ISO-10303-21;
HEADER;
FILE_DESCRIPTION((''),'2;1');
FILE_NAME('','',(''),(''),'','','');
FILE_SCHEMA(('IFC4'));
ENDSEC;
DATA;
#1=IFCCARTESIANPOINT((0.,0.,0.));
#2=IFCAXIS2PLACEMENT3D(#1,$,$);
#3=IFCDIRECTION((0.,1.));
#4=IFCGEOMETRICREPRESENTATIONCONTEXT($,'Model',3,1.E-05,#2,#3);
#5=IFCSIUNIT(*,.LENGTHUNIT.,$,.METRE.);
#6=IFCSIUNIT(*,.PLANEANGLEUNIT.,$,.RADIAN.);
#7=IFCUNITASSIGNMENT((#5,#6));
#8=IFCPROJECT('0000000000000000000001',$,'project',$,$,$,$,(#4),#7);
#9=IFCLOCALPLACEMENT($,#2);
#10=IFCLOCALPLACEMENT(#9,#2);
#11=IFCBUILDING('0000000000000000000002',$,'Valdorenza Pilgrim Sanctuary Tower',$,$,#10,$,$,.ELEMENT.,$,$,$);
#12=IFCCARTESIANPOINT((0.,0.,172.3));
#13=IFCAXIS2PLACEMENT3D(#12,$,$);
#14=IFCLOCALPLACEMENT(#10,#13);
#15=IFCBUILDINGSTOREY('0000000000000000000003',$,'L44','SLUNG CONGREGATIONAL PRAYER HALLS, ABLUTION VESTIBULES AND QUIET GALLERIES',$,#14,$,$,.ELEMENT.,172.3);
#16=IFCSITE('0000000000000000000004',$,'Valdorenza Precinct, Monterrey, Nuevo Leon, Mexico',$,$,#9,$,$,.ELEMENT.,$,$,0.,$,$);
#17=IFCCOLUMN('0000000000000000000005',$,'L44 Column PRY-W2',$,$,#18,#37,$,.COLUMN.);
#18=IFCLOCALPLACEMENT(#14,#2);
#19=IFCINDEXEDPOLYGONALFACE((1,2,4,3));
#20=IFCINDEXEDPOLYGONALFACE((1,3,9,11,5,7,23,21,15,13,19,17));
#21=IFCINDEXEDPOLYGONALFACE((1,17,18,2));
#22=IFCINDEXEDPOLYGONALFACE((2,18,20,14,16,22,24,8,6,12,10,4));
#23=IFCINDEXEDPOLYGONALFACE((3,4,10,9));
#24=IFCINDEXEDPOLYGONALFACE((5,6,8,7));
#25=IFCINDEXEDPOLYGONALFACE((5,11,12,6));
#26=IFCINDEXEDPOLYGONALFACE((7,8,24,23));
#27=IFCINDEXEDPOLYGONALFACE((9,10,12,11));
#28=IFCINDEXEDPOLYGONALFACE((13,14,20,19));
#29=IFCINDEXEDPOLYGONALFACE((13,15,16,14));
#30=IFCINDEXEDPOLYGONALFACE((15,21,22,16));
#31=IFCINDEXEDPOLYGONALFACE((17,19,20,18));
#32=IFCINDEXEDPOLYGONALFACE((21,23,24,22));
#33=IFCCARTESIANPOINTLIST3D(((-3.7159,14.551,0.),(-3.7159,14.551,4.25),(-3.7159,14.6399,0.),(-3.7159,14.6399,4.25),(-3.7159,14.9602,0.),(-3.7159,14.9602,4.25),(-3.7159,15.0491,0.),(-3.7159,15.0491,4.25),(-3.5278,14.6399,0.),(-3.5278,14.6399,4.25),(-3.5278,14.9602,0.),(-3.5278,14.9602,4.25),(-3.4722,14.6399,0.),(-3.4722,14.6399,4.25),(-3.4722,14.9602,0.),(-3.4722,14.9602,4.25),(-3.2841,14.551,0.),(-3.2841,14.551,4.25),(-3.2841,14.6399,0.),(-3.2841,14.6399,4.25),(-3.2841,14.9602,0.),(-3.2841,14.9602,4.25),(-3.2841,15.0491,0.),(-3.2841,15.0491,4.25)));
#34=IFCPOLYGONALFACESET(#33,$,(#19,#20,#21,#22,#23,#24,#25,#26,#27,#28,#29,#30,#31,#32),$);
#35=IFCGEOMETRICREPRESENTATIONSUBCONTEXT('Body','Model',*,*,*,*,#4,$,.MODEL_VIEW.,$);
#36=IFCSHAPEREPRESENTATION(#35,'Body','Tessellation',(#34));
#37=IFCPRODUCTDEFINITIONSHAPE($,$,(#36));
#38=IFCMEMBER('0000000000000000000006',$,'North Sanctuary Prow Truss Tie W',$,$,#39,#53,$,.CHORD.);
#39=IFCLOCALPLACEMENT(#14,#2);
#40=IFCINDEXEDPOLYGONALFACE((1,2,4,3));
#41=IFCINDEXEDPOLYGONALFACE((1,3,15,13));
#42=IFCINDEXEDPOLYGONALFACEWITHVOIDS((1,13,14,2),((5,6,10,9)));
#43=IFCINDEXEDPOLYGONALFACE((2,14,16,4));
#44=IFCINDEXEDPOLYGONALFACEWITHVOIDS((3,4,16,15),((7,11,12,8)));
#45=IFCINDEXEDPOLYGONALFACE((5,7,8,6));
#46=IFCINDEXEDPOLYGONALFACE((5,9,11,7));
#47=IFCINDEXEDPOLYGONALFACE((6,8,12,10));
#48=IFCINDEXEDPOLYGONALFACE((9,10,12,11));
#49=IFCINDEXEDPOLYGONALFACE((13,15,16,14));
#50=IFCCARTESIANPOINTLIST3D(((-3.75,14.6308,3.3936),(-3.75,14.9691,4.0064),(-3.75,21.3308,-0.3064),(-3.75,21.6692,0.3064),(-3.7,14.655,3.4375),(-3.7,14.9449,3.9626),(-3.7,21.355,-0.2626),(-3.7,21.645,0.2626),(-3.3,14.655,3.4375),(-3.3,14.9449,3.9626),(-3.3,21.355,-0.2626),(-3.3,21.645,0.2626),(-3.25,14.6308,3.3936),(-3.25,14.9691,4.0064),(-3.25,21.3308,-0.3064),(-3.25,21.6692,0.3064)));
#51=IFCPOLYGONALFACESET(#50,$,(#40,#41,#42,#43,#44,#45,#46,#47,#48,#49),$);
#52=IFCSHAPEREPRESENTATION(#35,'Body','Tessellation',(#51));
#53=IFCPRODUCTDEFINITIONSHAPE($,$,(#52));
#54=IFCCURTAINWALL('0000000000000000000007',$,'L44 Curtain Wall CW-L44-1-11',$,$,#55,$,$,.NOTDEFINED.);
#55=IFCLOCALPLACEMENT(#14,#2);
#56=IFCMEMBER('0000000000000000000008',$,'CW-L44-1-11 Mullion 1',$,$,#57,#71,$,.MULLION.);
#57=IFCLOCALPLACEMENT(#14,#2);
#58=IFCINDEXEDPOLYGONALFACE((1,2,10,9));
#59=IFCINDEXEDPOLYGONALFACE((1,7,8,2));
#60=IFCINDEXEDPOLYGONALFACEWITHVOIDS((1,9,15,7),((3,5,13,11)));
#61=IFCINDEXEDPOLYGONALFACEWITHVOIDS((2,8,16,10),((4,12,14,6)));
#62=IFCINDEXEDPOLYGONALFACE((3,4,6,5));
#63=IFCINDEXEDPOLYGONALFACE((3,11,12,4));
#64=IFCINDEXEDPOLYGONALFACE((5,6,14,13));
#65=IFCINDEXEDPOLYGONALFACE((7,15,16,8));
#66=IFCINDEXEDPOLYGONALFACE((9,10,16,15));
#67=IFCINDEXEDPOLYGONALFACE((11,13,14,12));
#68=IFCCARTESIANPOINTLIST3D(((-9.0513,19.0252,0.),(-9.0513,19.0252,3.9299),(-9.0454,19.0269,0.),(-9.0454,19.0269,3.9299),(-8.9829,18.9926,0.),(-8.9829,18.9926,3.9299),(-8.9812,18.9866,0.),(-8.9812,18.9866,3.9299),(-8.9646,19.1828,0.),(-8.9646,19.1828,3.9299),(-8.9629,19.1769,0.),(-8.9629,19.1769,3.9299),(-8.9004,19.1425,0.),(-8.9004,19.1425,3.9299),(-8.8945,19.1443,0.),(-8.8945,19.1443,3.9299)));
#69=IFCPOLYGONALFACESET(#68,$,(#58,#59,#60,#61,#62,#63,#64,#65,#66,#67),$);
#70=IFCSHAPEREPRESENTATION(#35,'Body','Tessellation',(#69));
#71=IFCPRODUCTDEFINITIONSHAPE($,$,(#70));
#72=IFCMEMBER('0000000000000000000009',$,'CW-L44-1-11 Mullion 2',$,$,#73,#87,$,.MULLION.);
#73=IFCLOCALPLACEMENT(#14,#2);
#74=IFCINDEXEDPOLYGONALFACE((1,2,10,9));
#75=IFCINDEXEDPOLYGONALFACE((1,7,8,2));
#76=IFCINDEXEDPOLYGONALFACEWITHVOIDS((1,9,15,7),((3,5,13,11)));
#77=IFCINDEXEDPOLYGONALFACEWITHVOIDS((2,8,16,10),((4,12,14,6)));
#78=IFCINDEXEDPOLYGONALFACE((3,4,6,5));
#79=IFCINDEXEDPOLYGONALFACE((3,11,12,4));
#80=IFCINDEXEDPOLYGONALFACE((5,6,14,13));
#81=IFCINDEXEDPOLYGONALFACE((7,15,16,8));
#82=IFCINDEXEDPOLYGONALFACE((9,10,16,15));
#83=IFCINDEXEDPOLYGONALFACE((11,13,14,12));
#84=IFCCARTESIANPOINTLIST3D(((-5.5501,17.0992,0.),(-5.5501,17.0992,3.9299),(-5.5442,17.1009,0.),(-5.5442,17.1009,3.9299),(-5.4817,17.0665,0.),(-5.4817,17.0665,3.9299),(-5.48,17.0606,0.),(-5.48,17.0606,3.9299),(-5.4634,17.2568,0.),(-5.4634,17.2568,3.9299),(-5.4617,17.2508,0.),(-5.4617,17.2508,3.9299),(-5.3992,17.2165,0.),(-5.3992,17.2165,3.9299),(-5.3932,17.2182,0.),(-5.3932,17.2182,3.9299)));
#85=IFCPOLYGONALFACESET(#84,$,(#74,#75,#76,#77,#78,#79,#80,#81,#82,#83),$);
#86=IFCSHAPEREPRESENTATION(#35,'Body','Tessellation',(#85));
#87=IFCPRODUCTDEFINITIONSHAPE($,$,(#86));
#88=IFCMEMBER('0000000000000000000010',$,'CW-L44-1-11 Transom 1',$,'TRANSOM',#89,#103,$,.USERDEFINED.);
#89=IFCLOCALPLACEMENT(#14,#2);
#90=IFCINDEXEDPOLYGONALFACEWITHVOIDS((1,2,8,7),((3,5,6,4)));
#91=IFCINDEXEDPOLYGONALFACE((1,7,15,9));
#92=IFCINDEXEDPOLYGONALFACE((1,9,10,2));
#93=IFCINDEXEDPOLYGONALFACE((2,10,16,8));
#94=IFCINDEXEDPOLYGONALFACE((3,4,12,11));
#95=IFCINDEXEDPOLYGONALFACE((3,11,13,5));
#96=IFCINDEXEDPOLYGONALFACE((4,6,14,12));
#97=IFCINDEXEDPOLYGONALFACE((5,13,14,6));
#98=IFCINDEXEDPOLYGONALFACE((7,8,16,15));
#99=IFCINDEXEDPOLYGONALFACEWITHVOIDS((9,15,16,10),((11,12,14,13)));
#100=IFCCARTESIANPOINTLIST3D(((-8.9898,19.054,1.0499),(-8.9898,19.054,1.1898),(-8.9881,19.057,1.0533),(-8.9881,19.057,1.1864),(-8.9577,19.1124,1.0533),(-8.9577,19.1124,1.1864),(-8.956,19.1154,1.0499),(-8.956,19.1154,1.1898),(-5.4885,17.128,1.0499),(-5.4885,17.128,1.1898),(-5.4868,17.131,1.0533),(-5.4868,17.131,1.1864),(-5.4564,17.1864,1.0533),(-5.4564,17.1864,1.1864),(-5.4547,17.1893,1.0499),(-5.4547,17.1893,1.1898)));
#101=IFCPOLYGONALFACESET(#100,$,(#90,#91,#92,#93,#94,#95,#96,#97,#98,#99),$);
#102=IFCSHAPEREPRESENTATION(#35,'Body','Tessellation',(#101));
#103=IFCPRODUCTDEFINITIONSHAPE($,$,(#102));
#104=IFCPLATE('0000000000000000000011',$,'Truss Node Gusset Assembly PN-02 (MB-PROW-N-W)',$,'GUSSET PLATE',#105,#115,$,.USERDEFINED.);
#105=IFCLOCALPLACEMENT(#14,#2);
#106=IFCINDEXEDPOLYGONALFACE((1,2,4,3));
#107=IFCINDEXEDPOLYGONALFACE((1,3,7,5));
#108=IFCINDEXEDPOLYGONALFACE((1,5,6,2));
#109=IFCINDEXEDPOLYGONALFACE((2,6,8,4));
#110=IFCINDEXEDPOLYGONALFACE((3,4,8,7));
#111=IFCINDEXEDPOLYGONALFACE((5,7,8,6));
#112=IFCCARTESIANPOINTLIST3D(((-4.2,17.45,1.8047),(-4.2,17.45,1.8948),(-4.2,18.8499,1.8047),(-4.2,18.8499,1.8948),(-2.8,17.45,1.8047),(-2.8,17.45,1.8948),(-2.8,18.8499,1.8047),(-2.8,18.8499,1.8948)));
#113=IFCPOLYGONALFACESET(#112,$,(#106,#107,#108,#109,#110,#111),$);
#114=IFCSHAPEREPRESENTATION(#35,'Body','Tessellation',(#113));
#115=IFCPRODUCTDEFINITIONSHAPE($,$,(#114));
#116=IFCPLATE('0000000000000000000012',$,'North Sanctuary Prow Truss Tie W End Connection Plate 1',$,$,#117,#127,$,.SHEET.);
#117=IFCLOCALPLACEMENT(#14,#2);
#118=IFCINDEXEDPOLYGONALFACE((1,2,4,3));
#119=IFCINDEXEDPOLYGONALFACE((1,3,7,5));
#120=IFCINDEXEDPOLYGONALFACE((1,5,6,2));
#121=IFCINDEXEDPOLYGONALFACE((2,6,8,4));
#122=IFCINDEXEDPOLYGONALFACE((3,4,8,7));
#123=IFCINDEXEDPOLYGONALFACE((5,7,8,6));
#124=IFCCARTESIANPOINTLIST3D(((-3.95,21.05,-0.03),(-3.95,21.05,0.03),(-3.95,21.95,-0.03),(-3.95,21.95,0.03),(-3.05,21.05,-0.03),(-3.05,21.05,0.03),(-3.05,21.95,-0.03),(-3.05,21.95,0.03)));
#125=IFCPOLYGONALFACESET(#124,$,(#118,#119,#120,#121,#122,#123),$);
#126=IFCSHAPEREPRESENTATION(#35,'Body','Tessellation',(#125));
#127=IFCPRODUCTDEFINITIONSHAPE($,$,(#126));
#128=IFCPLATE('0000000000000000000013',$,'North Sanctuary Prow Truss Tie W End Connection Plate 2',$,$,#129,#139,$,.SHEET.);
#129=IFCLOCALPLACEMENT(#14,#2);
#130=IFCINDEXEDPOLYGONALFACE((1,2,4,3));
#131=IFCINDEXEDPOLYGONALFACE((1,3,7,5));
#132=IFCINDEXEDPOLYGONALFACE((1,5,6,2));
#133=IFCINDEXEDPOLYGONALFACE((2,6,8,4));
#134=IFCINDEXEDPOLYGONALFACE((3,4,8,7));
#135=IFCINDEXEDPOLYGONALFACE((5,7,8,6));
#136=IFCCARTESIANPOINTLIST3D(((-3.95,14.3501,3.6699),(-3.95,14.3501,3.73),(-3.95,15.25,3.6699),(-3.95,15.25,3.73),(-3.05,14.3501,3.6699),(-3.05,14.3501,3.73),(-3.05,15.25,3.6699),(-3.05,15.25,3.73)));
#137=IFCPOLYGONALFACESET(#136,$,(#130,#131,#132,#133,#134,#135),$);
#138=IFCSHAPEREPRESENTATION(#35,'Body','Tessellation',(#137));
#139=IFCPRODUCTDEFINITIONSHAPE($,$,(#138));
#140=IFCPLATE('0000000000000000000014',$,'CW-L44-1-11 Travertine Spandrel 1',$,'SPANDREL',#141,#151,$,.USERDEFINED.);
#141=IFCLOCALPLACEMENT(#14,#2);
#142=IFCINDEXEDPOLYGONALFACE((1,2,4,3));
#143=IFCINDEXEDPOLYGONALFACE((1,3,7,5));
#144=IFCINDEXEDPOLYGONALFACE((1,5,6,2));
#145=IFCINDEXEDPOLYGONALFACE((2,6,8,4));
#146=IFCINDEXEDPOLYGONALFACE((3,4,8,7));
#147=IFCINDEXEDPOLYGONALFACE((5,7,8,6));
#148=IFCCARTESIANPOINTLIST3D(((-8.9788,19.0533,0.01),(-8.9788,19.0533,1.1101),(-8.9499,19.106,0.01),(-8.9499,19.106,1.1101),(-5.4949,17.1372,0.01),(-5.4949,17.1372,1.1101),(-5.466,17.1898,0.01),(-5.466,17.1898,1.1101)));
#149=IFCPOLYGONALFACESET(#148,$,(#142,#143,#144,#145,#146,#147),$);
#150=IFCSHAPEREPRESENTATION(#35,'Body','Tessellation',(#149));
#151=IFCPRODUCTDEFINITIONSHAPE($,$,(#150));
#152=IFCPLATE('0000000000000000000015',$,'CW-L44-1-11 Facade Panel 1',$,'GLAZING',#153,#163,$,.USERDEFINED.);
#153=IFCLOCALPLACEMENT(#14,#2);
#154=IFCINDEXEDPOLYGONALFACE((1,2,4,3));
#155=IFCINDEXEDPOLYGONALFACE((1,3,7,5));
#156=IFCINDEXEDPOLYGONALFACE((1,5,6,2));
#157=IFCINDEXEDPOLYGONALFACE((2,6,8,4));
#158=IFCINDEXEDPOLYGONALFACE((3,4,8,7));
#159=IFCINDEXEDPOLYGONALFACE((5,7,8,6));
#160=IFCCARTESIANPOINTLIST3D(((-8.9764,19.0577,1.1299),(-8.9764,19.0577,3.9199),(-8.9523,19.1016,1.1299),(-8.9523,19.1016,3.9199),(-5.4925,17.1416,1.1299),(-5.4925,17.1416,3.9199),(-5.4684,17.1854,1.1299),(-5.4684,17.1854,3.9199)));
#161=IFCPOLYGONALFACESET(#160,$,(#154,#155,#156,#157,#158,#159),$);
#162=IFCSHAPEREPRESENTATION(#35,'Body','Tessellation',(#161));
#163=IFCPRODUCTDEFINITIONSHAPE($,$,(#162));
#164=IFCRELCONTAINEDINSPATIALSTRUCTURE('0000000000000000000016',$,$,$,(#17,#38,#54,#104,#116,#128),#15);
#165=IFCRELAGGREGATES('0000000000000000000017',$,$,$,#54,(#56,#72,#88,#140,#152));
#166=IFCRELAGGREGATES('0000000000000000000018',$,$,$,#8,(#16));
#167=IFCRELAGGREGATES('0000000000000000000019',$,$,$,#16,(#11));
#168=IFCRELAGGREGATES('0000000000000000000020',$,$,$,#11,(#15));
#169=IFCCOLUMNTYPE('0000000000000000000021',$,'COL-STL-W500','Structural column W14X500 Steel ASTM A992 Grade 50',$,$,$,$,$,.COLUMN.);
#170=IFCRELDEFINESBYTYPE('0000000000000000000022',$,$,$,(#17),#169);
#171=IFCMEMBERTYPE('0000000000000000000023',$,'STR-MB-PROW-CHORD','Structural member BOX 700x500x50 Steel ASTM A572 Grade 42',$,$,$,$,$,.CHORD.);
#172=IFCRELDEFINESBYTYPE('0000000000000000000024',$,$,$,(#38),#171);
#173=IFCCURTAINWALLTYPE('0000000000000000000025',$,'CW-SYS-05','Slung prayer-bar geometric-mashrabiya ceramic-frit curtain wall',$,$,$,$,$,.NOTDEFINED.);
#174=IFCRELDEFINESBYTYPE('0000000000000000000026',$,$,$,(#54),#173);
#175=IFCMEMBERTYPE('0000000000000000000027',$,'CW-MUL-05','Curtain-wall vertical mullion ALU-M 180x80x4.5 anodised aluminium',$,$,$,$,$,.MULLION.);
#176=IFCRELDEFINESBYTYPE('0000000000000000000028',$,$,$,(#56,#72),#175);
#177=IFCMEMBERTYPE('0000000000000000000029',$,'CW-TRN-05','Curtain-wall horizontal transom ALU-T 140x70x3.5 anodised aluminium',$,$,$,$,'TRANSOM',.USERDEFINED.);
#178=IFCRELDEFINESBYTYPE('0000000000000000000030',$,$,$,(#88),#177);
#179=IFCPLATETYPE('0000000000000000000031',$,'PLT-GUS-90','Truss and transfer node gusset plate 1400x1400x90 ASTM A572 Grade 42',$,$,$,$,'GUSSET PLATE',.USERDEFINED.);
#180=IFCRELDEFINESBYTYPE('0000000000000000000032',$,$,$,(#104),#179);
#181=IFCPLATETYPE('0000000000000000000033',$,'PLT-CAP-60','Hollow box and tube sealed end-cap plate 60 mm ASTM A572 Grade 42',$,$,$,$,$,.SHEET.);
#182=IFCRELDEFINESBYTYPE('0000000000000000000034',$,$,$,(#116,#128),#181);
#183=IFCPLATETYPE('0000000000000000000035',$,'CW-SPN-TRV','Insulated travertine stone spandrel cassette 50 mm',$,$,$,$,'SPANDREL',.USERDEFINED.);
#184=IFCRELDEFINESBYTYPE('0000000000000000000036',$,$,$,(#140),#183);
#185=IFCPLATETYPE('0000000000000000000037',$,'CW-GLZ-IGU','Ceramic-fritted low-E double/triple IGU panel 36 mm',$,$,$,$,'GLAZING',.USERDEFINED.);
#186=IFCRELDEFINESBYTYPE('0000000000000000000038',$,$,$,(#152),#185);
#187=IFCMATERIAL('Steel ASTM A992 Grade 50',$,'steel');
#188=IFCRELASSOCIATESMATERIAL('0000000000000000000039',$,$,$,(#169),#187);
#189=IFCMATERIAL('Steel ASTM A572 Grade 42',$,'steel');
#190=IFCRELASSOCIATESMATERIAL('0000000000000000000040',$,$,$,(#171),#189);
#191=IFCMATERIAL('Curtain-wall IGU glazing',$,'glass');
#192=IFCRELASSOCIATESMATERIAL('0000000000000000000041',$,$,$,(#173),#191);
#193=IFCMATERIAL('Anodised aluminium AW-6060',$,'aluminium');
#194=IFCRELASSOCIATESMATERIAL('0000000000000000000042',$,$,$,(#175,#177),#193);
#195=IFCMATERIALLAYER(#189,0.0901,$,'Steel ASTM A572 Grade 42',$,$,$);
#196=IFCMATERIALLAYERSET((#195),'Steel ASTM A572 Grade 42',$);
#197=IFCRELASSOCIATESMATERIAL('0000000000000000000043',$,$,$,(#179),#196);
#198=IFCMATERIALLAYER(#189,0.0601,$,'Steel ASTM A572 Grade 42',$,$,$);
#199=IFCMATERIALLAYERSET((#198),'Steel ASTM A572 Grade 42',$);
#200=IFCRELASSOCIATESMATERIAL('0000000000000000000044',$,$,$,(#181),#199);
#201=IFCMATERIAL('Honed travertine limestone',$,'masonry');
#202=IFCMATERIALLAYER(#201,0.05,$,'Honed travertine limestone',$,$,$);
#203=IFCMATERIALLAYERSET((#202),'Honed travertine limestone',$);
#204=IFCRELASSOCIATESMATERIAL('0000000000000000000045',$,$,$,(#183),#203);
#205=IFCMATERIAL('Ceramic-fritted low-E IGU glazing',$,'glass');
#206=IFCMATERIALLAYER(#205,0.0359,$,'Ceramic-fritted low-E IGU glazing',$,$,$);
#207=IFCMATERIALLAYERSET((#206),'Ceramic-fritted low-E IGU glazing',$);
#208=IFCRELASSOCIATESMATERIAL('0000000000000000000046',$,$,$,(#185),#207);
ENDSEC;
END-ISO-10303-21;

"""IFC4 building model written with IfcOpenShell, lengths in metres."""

from ifc_helpers import new_model, si_unit, direction, frame, origin, origin_2d, place, context, subcontext, project, spatial, rectangle, hollow_rectangle, i_section, extrude, source, transform, mapped, material, layer, layer_set, material_profile, profile_set, type_object, element, aggregate, save


model = new_model("IFC4")

# Units and contexts
model_context = context("Model", 3, precision=1e-05, world=origin(), true_north=direction((0.0, 1.0)))
body_context = subcontext(model_context, "Body", "Model", "MODEL_VIEW")
ifc_project = project(units=[si_unit("LENGTHUNIT", "METRE"), si_unit("PLANEANGLEUNIT", "RADIAN")], contexts=[model_context])

# Site, building, storey
site_placement = place(None, origin())
site = spatial("IfcSite", under=ifc_project, at=site_placement, Name="Valdorenza Precinct, Monterrey, Nuevo Leon, Mexico", CompositionType="ELEMENT", RefElevation=0.0)
building_placement = place(site_placement, origin())
building = spatial("IfcBuilding", under=site, at=building_placement, Name="Valdorenza Pilgrim Sanctuary Tower", CompositionType="ELEMENT")
storey_placement = place(building_placement, frame((0.0, 0.0, 172.3)))
storey = spatial("IfcBuildingStorey", under=building, at=storey_placement, Name="L44", Description="SLUNG CONGREGATIONAL PRAYER HALLS, ABLUTION VESTIBULES AND QUIET GALLERIES", CompositionType="ELEMENT", Elevation=172.3)

# Column
ifc_material_1 = material(Name="Steel ASTM A992 Grade 50", Category="steel")
ifc_material_profile_1 = material_profile(ifc_material_1, i_section(OverallWidth=0.4319, OverallDepth=0.498, WebThickness=0.0557, FlangeThickness=0.0889, at=origin_2d()), Name="W14X500")
ifc_profile_set_1 = profile_set([ifc_material_profile_1], Name="Steel ASTM A992 Grade 50")
column_type = type_object("IfcColumnType", Name="COL-STL-W500", Description="Structural column W14X500 Steel ASTM A992 Grade 50", PredefinedType="COLUMN", material=ifc_profile_set_1)
shared_shape_1 = source(origin(), body_context, "Body", "SweptSolid", [
    extrude(i_section(OverallWidth=0.4319, OverallDepth=0.498, WebThickness=0.0557, FlangeThickness=0.0889, at=origin_2d()), origin(), (0.0, 0.0, 1.0), 4.25),
])
column_placement = place(storey_placement, frame((-3.5, 14.8, 0.0), z_axis=(0.0, 0.0, 1.0), x_axis=(1.0, 0.0, 0.0)))
element("IfcColumn", 1, at=column_placement, inside=storey, type_object=column_type, Name="L44 Column PRY-W2", PredefinedType="COLUMN", context=body_context, shape_type="MappedRepresentation", body=[
    mapped(shared_shape_1, transform((0.0, 0.0, 0.0), x_axis=(1.0, 0.0, 0.0), y_axis=(0.0, 1.0, 0.0), z_axis=(0.0, 0.0, 1.0), scale=1.0)),
])

# Member
ifc_material_2 = material(Name="Steel ASTM A572 Grade 42", Category="steel")
ifc_material_profile_2 = material_profile(ifc_material_2, hollow_rectangle(XDim=0.5, YDim=0.7, WallThickness=0.05, at=origin_2d()), Name="BOX 700x500x50")
ifc_profile_set_2 = profile_set([ifc_material_profile_2], Name="Steel ASTM A572 Grade 42")
member_type_1 = type_object("IfcMemberType", Name="STR-MB-PROW-CHORD", Description="Structural member BOX 700x500x50 Steel ASTM A572 Grade 42", PredefinedType="CHORD", material=ifc_profile_set_2)
shared_shape_2 = source(origin(), body_context, "Body", "SweptSolid", [
    extrude(hollow_rectangle(XDim=0.5, YDim=0.7, WallThickness=0.05, at=origin_2d()), origin(), (0.0, 0.0, 1.0), 7.6538),
])
member_1_placement = place(storey_placement, frame((-3.5, 21.5, 0.0), z_axis=(0.0, -0.875388, 0.483421), x_axis=(1.0, 0.0, 0.0)))
element("IfcMember", 2, at=member_1_placement, inside=storey, type_object=member_type_1, Name="North Sanctuary Prow Truss Tie W", PredefinedType="CHORD", context=body_context, shape_type="MappedRepresentation", body=[
    mapped(shared_shape_2, transform((0.0, 0.0, 0.0), x_axis=(1.0, 0.0, 0.0), y_axis=(0.0, 1.0, 0.0), z_axis=(0.0, 0.0, 1.0), scale=1.0)),
])

# Curtain wall, members
ifc_material_3 = material(Name="Curtain-wall IGU glazing", Category="glass")
curtain_wall_type = type_object("IfcCurtainWallType", Name="CW-SYS-05", Description="Slung prayer-bar geometric-mashrabiya ceramic-frit curtain wall", PredefinedType="NOTDEFINED", material=ifc_material_3)
curtain_wall_placement = place(storey_placement, origin())
curtain_wall = element("IfcCurtainWall", 3, at=curtain_wall_placement, inside=storey, type_object=curtain_wall_type, Name="L44 Curtain Wall CW-L44-1-11", PredefinedType="NOTDEFINED")
ifc_material_4 = material(Name="Anodised aluminium AW-6060", Category="aluminium")
ifc_material_profile_3 = material_profile(ifc_material_4, hollow_rectangle(XDim=0.0801, YDim=0.1799, WallThickness=0.0044, at=origin_2d()), Name="ALU-M 180x80x4.5")
ifc_profile_set_3 = profile_set([ifc_material_profile_3], Name="Anodised aluminium AW-6060")
member_type_2 = type_object("IfcMemberType", Name="CW-MUL-05", Description="Curtain-wall vertical mullion ALU-M 180x80x4.5 anodised aluminium", PredefinedType="MULLION", material=ifc_profile_set_3)
shared_shape_3 = source(origin(), body_context, "Body", "SweptSolid", [
    extrude(hollow_rectangle(XDim=0.0801, YDim=0.1799, WallThickness=0.0044, at=origin_2d()), origin(), (0.0, 0.0, 1.0), 3.9299),
])
member_2_placement = place(storey_placement, frame((-8.9729, 19.0847, 0.0), z_axis=(0.0, 0.0, 1.0), x_axis=(0.876214, -0.481922, 0.0)))
member_2 = element("IfcMember", 4, at=member_2_placement, type_object=member_type_2, Name="CW-L44-1-11 Mullion 1", PredefinedType="MULLION", context=body_context, shape_type="MappedRepresentation", body=[
    mapped(shared_shape_3, transform((0.0, 0.0, 0.0), x_axis=(1.0, 0.0, 0.0), y_axis=(0.0, 1.0, 0.0), z_axis=(0.0, 0.0, 1.0), scale=1.0)),
])
member_3_placement = place(storey_placement, frame((-5.4717, 17.1587, 0.0), z_axis=(0.0, 0.0, 1.0), x_axis=(0.876214, -0.481922, 0.0)))
member_3 = element("IfcMember", 5, at=member_3_placement, type_object=member_type_2, Name="CW-L44-1-11 Mullion 2", PredefinedType="MULLION", context=body_context, shape_type="MappedRepresentation", body=[
    mapped(shared_shape_3, transform((0.0, 0.0, 0.0), x_axis=(1.0, 0.0, 0.0), y_axis=(0.0, 1.0, 0.0), z_axis=(0.0, 0.0, 1.0), scale=1.0)),
])
ifc_material_profile_4 = material_profile(ifc_material_4, hollow_rectangle(XDim=0.0701, YDim=0.1399, WallThickness=0.0034, at=origin_2d()), Name="ALU-T 140x70x3.5")
ifc_profile_set_4 = profile_set([ifc_material_profile_4], Name="Anodised aluminium AW-6060")
member_type_3 = type_object("IfcMemberType", Name="CW-TRN-05", Description="Curtain-wall horizontal transom ALU-T 140x70x3.5 anodised aluminium", ElementType="TRANSOM", PredefinedType="USERDEFINED", material=ifc_profile_set_4)
shared_shape_4 = source(origin(), body_context, "Body", "SweptSolid", [
    extrude(hollow_rectangle(XDim=0.0701, YDim=0.1399, WallThickness=0.0034, at=origin_2d()), origin(), (0.0, 0.0, 1.0), 3.9961),
])
member_4_placement = place(storey_placement, frame((-8.9729, 19.0847, 1.1199), z_axis=(0.876178, -0.481987, 0.0), x_axis=(0.481987, 0.876178, 0.0)))
member_4 = element("IfcMember", 6, at=member_4_placement, type_object=member_type_3, Name="CW-L44-1-11 Transom 1", ObjectType="TRANSOM", PredefinedType="USERDEFINED", context=body_context, shape_type="MappedRepresentation", body=[
    mapped(shared_shape_4, transform((0.0, 0.0, 0.0), x_axis=(1.0, 0.0, 0.0), y_axis=(0.0, 1.0, 0.0), z_axis=(0.0, 0.0, 1.0), scale=1.0)),
])

# Plates
ifc_layer_1 = layer(ifc_material_2, 0.0901, Name="Steel ASTM A572 Grade 42")
ifc_layer_set_1 = layer_set([ifc_layer_1], Name="Steel ASTM A572 Grade 42")
plate_type_1 = type_object("IfcPlateType", Name="PLT-GUS-90", Description="Truss and transfer node gusset plate 1400x1400x90 ASTM A572 Grade 42", ElementType="GUSSET PLATE", PredefinedType="USERDEFINED", material=ifc_layer_set_1)
shared_shape_5 = source(origin(), body_context, "Body", "SweptSolid", [
    extrude(rectangle(XDim=1.3999, YDim=1.3999, at=origin_2d()), origin(), (0.0, 0.0, 1.0), 0.0901),
])
plate_1_placement = place(storey_placement, frame((-3.5, 18.1499, 1.8047), z_axis=(0.0, 0.0, 1.0), x_axis=(1.0, 0.0, 0.0)))
element("IfcPlate", 7, at=plate_1_placement, inside=storey, type_object=plate_type_1, Name="Truss Node Gusset Assembly PN-02 (MB-PROW-N-W)", ObjectType="GUSSET PLATE", PredefinedType="USERDEFINED", context=body_context, shape_type="MappedRepresentation", body=[
    mapped(shared_shape_5, transform((0.0, 0.0, 0.0), x_axis=(1.0, 0.0, 0.0), y_axis=(0.0, 1.0, 0.0), z_axis=(0.0, 0.0, 1.0), scale=1.0)),
])
ifc_layer_2 = layer(ifc_material_2, 0.0601, Name="Steel ASTM A572 Grade 42")
ifc_layer_set_2 = layer_set([ifc_layer_2], Name="Steel ASTM A572 Grade 42")
plate_type_2 = type_object("IfcPlateType", Name="PLT-CAP-60", Description="Hollow box and tube sealed end-cap plate 60 mm ASTM A572 Grade 42", PredefinedType="SHEET", material=ifc_layer_set_2)
shared_shape_6 = source(origin(), body_context, "Body", "SweptSolid", [
    extrude(rectangle(XDim=0.8999, YDim=0.8999, at=origin_2d()), origin(), (0.0, 0.0, 1.0), 0.0601),
])
for number, where, z_axis, x_axis, name in (
    (8, (-3.5, 21.5, -0.03), (0.0, 0.0, 1.0), (1.0, 0.0, 0.0), "North Sanctuary Prow Truss Tie W End Connection Plate 1"),
    (9, (-3.5, 14.8, 3.6699), (0.0, 0.0, 1.0), (1.0, 0.0, 0.0), "North Sanctuary Prow Truss Tie W End Connection Plate 2"),
):
    element("IfcPlate", number, at=place(storey_placement, frame(where, z_axis=z_axis, x_axis=x_axis)), inside=storey, type_object=plate_type_2, Name=name, PredefinedType="SHEET", context=body_context, shape_type="MappedRepresentation", body=[
        mapped(shared_shape_6, transform((0.0, 0.0, 0.0), x_axis=(1.0, 0.0, 0.0), y_axis=(0.0, 1.0, 0.0), z_axis=(0.0, 0.0, 1.0), scale=1.0)),
    ])

# Plates
ifc_material_5 = material(Name="Honed travertine limestone", Category="masonry")
ifc_layer_3 = layer(ifc_material_5, 0.05, Name="Honed travertine limestone")
ifc_layer_set_3 = layer_set([ifc_layer_3], Name="Honed travertine limestone")
plate_type_3 = type_object("IfcPlateType", Name="CW-SPN-TRV", Description="Insulated travertine stone spandrel cassette 50 mm", ElementType="SPANDREL", PredefinedType="USERDEFINED", material=ifc_layer_set_3)
shared_shape_7 = source(origin(), body_context, "Body", "SweptSolid", [
    extrude(rectangle(XDim=3.9761, YDim=0.0601, at=origin_2d()), origin(), (0.0, 0.0, 1.0), 1.1001),
])
plate_2_placement = place(storey_placement, frame((-7.2224, 18.1216, 0.01), z_axis=(0.0, 0.0, 1.0), x_axis=(0.876214, -0.481922, 0.0)))
plate_2 = element("IfcPlate", 10, at=plate_2_placement, type_object=plate_type_3, Name="CW-L44-1-11 Travertine Spandrel 1", ObjectType="SPANDREL", PredefinedType="USERDEFINED", context=body_context, shape_type="MappedRepresentation", body=[
    mapped(shared_shape_7, transform((0.0, 0.0, 0.0), x_axis=(1.0, 0.0, 0.0), y_axis=(0.0, 1.0, 0.0), z_axis=(0.0, 0.0, 1.0), scale=1.0)),
])
ifc_material_6 = material(Name="Ceramic-fritted low-E IGU glazing", Category="glass")
ifc_layer_4 = layer(ifc_material_6, 0.0359, Name="Ceramic-fritted low-E IGU glazing")
ifc_layer_set_4 = layer_set([ifc_layer_4], Name="Ceramic-fritted low-E IGU glazing")
plate_type_4 = type_object("IfcPlateType", Name="CW-GLZ-IGU", Description="Ceramic-fritted low-E double/triple IGU panel 36 mm", ElementType="GLAZING", PredefinedType="USERDEFINED", material=ifc_layer_set_4)
shared_shape_8 = source(origin(), body_context, "Body", "SweptSolid", [
    extrude(rectangle(XDim=3.9761, YDim=0.05, at=origin_2d()), origin(), (0.0, 0.0, 1.0), 2.79),
])
plate_3_placement = place(storey_placement, frame((-7.2224, 18.1216, 1.1299), z_axis=(0.0, 0.0, 1.0), x_axis=(0.876214, -0.481922, 0.0)))
plate_3 = element("IfcPlate", 11, at=plate_3_placement, type_object=plate_type_4, Name="CW-L44-1-11 Facade Panel 1", ObjectType="GLAZING", PredefinedType="USERDEFINED", context=body_context, shape_type="MappedRepresentation", body=[
    mapped(shared_shape_8, transform((0.0, 0.0, 0.0), x_axis=(1.0, 0.0, 0.0), y_axis=(0.0, 1.0, 0.0), z_axis=(0.0, 0.0, 1.0), scale=1.0)),
])
aggregate(curtain_wall, [member_2, member_3, member_4, plate_2, plate_3])

save(model, "model.ifc")
